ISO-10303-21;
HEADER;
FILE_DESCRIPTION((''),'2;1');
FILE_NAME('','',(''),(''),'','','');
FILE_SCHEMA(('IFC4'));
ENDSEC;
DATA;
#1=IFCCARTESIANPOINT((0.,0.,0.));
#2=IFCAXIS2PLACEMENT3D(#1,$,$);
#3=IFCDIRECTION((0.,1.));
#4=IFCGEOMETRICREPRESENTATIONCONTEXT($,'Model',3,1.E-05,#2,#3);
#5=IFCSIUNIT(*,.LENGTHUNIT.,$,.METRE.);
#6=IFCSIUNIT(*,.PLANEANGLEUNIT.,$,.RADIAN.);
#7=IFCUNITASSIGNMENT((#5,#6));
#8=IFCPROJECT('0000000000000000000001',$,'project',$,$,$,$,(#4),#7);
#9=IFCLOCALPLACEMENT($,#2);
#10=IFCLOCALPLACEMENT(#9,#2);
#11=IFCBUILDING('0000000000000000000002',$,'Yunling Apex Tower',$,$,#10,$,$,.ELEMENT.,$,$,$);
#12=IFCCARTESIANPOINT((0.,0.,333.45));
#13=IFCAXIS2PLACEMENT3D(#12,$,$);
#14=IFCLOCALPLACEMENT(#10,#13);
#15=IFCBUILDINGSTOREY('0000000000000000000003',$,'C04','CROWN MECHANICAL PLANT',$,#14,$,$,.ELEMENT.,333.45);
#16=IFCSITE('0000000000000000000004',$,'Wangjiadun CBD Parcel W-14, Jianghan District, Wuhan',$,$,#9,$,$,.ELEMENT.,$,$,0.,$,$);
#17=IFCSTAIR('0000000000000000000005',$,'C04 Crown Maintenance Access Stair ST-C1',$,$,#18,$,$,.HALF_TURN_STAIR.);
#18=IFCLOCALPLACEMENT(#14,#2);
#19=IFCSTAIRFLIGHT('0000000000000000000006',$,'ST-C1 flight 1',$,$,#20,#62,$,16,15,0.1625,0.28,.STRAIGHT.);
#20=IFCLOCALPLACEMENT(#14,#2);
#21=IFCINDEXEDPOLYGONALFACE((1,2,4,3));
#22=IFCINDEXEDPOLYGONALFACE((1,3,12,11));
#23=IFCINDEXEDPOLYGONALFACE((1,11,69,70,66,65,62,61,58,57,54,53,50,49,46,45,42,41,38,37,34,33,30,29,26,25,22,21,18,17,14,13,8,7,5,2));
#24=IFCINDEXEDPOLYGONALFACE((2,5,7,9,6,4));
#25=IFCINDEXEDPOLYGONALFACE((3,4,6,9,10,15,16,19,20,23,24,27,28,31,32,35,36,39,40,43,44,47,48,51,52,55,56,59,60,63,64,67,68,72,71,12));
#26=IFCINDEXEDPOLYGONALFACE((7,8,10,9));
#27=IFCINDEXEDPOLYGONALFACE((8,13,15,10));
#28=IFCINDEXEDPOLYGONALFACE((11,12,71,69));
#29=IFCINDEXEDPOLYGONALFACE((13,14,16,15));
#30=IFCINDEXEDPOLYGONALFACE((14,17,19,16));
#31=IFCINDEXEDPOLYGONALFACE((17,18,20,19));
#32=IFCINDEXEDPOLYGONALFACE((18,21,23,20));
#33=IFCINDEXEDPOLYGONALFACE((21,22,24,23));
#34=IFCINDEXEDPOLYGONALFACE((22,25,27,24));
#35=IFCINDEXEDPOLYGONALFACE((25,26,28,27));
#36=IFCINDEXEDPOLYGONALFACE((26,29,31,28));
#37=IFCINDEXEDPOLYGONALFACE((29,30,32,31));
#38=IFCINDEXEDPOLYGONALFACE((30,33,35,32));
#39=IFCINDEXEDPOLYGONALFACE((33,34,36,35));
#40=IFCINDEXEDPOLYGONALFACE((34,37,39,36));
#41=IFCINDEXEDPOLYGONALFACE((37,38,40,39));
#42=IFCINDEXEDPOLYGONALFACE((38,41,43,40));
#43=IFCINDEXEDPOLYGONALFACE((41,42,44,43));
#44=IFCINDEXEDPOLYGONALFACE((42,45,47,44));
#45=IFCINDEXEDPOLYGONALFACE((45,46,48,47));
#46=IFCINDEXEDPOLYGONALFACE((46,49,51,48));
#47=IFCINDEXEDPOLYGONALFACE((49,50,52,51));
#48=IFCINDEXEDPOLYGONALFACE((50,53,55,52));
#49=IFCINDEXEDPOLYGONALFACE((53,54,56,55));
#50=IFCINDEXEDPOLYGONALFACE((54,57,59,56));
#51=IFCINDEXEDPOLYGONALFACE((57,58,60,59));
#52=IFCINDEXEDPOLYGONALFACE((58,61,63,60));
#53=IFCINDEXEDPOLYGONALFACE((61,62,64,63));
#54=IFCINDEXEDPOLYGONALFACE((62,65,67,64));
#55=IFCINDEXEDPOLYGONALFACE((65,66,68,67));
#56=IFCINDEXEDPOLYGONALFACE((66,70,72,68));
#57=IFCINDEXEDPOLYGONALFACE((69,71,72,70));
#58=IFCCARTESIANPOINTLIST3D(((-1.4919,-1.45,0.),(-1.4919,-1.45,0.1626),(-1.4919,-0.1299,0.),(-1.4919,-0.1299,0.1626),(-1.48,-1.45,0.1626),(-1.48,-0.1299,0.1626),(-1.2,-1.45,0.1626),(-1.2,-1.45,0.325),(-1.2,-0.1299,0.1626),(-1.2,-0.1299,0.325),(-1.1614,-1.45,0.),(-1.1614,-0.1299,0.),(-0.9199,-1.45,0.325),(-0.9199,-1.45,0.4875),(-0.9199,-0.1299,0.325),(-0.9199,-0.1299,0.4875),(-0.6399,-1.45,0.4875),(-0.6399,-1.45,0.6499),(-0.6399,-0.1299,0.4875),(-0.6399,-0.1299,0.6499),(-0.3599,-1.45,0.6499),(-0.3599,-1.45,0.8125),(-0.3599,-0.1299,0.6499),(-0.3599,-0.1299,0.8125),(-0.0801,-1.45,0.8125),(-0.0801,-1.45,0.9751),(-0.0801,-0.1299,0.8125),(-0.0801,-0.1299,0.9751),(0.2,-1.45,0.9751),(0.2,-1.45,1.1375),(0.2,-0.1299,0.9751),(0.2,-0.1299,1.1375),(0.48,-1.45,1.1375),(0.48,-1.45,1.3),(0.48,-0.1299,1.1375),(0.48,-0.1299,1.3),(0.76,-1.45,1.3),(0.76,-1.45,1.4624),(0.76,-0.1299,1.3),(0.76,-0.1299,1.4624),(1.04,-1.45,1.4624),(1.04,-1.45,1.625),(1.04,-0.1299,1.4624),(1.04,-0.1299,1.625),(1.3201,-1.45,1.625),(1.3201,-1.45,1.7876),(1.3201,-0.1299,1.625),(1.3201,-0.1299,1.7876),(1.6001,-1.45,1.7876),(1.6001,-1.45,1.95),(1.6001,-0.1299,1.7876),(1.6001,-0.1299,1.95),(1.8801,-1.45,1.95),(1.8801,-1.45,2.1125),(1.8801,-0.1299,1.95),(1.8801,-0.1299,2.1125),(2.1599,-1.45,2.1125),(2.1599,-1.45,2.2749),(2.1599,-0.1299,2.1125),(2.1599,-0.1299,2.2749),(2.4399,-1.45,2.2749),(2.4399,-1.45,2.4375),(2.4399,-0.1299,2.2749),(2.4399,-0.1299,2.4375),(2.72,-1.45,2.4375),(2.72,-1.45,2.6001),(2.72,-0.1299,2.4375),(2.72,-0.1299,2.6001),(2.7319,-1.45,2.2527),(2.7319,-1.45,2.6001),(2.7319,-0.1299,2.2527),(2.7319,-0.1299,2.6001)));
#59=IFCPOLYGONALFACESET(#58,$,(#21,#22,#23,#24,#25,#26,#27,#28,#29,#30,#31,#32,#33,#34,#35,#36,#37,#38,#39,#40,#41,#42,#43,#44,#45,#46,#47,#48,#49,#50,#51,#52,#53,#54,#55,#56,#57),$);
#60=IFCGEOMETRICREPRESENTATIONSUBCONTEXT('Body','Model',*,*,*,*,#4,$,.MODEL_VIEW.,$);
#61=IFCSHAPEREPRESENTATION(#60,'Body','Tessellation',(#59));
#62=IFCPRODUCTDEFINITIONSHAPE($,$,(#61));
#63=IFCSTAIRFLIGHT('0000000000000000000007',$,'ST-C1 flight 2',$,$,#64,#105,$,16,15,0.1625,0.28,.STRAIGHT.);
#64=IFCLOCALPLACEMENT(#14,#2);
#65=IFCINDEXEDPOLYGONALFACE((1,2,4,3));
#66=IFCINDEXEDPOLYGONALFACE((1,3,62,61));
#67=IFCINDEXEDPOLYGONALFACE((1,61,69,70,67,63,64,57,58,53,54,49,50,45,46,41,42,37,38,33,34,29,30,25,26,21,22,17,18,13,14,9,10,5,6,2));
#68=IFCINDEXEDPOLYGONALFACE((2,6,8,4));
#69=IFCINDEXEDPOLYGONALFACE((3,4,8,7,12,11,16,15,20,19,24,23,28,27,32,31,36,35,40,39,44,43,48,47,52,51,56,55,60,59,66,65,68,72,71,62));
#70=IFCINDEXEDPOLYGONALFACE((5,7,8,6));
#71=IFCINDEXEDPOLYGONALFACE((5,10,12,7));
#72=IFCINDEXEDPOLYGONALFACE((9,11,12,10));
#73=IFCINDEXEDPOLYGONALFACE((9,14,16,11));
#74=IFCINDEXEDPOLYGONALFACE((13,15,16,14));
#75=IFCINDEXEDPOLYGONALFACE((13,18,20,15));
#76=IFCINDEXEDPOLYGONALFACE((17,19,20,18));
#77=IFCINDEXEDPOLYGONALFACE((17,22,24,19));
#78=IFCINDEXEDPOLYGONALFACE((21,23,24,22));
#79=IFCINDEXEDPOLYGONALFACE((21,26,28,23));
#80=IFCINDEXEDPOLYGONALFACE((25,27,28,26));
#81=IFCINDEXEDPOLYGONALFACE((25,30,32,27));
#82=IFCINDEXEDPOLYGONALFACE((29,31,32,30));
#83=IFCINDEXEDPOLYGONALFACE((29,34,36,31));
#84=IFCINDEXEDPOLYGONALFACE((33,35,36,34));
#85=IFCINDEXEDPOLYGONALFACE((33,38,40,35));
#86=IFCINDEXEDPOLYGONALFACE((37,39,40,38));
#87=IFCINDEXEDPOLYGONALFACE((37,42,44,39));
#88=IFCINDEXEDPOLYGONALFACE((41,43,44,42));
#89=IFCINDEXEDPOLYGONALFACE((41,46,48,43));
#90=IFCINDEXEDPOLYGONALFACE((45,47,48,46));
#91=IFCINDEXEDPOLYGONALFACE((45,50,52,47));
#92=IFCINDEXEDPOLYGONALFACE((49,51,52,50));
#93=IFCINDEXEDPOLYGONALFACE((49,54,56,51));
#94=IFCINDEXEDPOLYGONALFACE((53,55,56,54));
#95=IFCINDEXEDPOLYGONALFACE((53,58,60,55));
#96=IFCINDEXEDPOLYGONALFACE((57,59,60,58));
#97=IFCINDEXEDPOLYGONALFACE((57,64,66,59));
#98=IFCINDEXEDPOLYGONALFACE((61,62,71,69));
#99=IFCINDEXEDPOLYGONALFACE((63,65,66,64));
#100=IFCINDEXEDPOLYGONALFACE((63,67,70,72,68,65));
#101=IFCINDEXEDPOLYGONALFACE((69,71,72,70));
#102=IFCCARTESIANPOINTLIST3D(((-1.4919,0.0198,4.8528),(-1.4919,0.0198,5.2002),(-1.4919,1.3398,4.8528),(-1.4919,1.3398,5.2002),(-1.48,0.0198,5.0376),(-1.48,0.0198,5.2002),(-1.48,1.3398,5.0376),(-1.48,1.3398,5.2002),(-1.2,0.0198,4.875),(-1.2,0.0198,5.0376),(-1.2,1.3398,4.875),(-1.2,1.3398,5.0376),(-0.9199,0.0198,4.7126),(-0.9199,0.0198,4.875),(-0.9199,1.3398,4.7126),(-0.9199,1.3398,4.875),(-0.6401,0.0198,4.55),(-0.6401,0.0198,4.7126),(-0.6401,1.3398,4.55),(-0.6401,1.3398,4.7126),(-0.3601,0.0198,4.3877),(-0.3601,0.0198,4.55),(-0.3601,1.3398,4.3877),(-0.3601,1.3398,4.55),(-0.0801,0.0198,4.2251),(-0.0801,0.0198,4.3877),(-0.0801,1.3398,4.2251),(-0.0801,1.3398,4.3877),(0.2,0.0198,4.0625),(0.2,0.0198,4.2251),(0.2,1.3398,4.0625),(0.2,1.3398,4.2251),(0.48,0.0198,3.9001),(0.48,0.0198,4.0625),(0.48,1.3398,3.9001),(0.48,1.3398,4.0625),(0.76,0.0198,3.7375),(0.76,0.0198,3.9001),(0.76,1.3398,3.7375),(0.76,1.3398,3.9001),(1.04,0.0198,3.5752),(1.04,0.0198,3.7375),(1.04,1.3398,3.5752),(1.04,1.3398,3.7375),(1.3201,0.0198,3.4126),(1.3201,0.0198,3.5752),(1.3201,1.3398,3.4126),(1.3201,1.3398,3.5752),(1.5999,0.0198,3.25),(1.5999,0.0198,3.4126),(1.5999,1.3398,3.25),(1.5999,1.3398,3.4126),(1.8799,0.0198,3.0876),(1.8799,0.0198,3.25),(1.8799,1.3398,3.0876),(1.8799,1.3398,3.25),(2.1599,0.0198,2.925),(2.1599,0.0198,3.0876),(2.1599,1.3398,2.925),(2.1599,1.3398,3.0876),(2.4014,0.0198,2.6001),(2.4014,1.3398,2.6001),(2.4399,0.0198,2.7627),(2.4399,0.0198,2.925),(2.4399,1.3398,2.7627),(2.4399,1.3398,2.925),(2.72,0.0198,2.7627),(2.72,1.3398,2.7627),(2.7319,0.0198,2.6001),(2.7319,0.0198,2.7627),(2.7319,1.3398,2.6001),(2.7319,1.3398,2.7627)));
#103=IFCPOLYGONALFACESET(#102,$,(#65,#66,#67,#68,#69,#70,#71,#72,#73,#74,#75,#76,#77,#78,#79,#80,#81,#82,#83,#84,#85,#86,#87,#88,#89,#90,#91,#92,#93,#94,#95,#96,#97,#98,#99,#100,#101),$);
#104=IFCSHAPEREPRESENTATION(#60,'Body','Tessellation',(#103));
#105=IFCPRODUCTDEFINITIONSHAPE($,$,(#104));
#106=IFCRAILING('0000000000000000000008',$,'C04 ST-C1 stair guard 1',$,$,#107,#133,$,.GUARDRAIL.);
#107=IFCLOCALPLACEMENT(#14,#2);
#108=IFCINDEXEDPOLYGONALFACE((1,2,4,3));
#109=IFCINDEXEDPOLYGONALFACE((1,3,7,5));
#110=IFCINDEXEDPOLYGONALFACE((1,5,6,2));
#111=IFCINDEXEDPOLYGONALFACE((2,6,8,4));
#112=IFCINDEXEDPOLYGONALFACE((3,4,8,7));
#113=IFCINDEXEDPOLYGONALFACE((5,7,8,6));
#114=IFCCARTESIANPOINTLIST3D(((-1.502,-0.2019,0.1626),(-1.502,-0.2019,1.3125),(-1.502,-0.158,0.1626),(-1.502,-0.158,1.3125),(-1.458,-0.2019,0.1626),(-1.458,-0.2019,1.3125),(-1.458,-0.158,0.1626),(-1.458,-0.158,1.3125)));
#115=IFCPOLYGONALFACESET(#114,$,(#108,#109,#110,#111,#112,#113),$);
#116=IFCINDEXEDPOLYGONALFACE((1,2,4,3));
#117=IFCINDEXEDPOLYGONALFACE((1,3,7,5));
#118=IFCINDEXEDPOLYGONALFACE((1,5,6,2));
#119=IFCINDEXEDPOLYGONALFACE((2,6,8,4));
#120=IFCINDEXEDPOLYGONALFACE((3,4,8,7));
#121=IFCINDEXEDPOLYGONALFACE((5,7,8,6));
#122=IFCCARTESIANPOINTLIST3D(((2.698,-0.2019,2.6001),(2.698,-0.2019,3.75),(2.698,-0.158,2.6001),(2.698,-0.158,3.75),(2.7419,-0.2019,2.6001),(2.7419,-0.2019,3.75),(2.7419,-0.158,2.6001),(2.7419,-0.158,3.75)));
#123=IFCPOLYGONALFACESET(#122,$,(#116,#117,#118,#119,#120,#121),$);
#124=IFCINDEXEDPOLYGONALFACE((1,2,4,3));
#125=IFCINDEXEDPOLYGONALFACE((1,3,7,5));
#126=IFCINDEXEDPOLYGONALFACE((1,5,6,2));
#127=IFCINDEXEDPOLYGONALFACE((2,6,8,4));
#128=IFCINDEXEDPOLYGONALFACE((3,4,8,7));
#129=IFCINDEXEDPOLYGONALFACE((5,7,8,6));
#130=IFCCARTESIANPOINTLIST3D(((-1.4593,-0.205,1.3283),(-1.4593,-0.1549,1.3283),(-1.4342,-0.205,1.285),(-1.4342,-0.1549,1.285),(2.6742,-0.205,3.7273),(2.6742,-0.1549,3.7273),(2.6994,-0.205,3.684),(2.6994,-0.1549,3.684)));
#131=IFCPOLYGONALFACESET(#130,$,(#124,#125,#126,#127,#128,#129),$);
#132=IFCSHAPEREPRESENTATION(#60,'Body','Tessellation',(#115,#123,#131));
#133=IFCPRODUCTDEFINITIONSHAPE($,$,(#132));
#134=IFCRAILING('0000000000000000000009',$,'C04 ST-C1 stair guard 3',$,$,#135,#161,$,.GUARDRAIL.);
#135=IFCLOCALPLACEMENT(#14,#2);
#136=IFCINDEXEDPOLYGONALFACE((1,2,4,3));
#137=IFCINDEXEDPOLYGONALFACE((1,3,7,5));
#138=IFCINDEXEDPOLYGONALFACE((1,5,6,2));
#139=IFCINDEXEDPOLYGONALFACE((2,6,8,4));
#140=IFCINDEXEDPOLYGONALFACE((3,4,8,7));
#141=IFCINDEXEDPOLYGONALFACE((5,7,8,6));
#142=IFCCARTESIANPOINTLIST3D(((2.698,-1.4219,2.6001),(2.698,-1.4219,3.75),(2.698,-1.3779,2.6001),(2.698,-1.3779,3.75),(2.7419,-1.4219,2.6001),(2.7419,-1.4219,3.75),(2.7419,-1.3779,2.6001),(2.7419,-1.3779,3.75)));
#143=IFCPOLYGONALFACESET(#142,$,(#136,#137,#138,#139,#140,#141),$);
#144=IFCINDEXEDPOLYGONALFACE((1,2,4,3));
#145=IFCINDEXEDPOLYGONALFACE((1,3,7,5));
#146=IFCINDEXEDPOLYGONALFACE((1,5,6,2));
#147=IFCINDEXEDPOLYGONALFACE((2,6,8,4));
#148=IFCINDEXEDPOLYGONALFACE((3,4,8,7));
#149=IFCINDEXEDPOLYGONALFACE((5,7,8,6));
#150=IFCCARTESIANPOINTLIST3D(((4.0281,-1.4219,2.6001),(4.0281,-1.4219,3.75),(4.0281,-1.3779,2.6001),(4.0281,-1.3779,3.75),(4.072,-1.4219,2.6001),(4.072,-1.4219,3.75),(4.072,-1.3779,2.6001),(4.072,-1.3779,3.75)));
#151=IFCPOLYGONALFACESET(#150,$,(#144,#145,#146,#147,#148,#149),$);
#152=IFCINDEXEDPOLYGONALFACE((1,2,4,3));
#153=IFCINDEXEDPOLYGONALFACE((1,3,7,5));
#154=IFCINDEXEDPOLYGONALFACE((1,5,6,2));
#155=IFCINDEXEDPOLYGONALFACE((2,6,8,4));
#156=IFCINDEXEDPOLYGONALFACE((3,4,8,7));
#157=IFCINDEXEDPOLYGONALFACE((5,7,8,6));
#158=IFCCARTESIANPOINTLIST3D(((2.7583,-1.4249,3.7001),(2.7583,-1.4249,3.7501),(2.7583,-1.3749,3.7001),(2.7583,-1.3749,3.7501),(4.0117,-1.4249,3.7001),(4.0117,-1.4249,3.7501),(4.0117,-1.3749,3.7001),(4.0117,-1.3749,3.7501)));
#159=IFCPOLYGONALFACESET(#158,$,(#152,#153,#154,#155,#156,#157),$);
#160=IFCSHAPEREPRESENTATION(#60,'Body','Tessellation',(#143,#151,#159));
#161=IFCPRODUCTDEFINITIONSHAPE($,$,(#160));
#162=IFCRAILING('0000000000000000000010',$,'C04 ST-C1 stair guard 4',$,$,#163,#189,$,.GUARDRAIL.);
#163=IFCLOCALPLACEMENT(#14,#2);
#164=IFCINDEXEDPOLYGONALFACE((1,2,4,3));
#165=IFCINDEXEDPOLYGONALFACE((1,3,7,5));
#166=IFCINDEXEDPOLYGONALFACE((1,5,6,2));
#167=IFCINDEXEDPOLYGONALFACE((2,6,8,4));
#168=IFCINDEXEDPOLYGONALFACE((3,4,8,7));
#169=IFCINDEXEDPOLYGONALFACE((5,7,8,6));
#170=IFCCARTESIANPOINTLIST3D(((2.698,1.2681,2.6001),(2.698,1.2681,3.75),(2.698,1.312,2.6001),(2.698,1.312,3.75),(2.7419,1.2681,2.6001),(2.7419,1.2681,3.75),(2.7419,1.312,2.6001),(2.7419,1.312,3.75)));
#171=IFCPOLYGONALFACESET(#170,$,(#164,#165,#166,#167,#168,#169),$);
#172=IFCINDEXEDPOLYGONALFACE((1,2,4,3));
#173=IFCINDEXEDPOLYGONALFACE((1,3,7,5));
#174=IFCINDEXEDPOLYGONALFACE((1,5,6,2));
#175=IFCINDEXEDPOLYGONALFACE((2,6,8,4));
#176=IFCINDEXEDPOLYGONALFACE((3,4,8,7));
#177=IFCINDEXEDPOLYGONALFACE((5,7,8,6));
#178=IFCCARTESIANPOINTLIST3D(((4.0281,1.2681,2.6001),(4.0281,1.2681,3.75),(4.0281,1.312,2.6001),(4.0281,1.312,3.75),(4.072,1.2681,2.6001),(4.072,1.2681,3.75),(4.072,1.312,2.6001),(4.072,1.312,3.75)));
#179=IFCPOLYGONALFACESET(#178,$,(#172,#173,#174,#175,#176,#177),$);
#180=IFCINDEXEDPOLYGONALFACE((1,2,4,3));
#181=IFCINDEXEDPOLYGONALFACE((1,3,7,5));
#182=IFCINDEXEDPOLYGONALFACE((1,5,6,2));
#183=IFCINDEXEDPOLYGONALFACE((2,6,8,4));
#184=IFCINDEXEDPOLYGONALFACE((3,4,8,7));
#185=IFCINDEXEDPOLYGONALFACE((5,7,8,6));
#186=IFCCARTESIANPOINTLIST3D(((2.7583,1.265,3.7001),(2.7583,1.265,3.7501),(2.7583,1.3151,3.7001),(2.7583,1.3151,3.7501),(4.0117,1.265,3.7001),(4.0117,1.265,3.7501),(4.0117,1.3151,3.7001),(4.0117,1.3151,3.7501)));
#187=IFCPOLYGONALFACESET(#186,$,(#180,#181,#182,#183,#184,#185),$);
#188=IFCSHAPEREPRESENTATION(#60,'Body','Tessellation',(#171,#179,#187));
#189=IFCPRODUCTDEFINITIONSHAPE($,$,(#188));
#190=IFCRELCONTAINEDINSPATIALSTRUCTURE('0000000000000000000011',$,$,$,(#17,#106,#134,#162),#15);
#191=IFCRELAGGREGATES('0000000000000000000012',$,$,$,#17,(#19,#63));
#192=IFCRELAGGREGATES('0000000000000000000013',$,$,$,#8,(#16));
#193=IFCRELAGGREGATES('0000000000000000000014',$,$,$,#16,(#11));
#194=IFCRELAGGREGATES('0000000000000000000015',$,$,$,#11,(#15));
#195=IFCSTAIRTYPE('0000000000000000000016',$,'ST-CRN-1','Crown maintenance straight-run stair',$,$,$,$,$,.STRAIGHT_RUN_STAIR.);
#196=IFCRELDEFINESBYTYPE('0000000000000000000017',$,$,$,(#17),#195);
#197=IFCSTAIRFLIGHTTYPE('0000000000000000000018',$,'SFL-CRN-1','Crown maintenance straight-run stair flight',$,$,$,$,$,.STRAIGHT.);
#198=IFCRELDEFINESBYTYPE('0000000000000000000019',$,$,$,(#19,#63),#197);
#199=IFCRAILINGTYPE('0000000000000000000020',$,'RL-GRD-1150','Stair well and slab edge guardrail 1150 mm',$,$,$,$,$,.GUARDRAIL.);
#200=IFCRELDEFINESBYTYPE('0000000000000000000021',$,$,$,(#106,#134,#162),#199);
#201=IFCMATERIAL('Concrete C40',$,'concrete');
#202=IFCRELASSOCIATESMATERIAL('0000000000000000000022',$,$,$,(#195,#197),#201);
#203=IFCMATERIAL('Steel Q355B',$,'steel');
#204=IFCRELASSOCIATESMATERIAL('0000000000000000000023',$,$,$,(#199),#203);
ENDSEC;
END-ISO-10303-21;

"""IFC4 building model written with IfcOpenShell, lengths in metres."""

from ifc_helpers import new_model, si_unit, direction, frame, origin, origin_2d, place, context, subcontext, project, spatial, polyline, rectangle, outline, extrude, material, type_object, element, aggregate, save


model = new_model("IFC4")

# Units and contexts
model_context = context("Model", 3, precision=1e-05, world=origin(), true_north=direction((0.0, 1.0)))
body_context = subcontext(model_context, "Body", "Model", "MODEL_VIEW")
ifc_project = project(units=[si_unit("LENGTHUNIT", "METRE"), si_unit("PLANEANGLEUNIT", "RADIAN")], contexts=[model_context])

# Site, building, storey
site_placement = place(None, origin())
site = spatial("IfcSite", under=ifc_project, at=site_placement, Name="Wangjiadun CBD Parcel W-14, Jianghan District, Wuhan", CompositionType="ELEMENT", RefElevation=0.0)
building_placement = place(site_placement, origin())
building = spatial("IfcBuilding", under=site, at=building_placement, Name="Yunling Apex Tower", CompositionType="ELEMENT")
storey_placement = place(building_placement, frame((0.0, 0.0, 333.45)))
storey = spatial("IfcBuildingStorey", under=building, at=storey_placement, Name="C04", Description="CROWN MECHANICAL PLANT", CompositionType="ELEMENT", Elevation=333.45)

# Shared definitions
ifc_material_1 = material(Name="Steel Q355B", Category="steel")

# Shared definitions
ifc_material_2 = material(Name="Concrete C40", Category="concrete")

# Stair
stair_type = type_object("IfcStairType", Name="ST-CRN-1", Description="Crown maintenance straight-run stair", PredefinedType="STRAIGHT_RUN_STAIR", material=ifc_material_2)
stair_placement = place(storey_placement, origin())
stair = element("IfcStair", 1, at=stair_placement, inside=storey, type_object=stair_type, Name="C04 Crown Maintenance Access Stair ST-C1", PredefinedType="HALF_TURN_STAIR")

# Stair flights
stair_flight_type = type_object("IfcStairFlightType", Name="SFL-CRN-1", Description="Crown maintenance straight-run stair flight", PredefinedType="STRAIGHT", material=ifc_material_2)
stair_flight_1_placement = place(storey_placement, frame((-1.48, -0.79, 0.0), z_axis=(0.0, 0.0, 1.0), x_axis=(1.0, 0.0, 0.0)))
stair_flight_1 = element("IfcStairFlight", 2, at=stair_flight_1_placement, type_object=stair_flight_type, Name="ST-C1 flight 1", NumberOfRisers=16, NumberOfTreads=15, PredefinedType="STRAIGHT", RiserHeight=0.1625, TreadLength=0.28, context=body_context, shape_type="SweptSolid", body=[
    extrude(outline(polyline([(-0.012, 0.0), (-0.012, 0.1626), (0.0, 0.1626), (0.28, 0.1626), (0.28, 0.325), (0.5601, 0.325), (0.5601, 0.4875), (0.8401, 0.4875), (0.8401, 0.6499), (1.1201, 0.6499), (1.1201, 0.8125), (1.3999, 0.8125), (1.3999, 0.9751), (1.6799, 0.9751), (1.6799, 1.1375), (1.96, 1.1375), (1.96, 1.3), (2.24, 1.3), (2.24, 1.4624), (2.52, 1.4624), (2.52, 1.625), (2.8, 1.625), (2.8, 1.7876), (3.0801, 1.7876), (3.0801, 1.95), (3.3601, 1.95), (3.3601, 2.1125), (3.6399, 2.1125), (3.6399, 2.2749), (3.9199, 2.2749), (3.9199, 2.4375), (4.2, 2.4375), (4.2, 2.6001), (4.2119, 2.6001), (4.2119, 2.2527), (0.3186, 0.0), (-0.012, 0.0)])), frame((0.0, 0.6602, 0.0), z_axis=(0.0, -1.0, 0.0), x_axis=(1.0, 0.0, 0.0)), (0.0, 0.0, 1.0), 1.3201),
])
stair_flight_2_placement = place(storey_placement, frame((2.72, 0.6799, 2.6001), z_axis=(0.0, 0.0, 1.0), x_axis=(-1.0, 0.0, 0.0)))
stair_flight_2 = element("IfcStairFlight", 3, at=stair_flight_2_placement, type_object=stair_flight_type, Name="ST-C1 flight 2", NumberOfRisers=16, NumberOfTreads=15, PredefinedType="STRAIGHT", RiserHeight=0.1625, TreadLength=0.28, context=body_context, shape_type="SweptSolid", body=[
    extrude(outline(polyline([(-0.012, 0.0), (-0.012, 0.1626), (0.0, 0.1626), (0.28, 0.1626), (0.28, 0.325), (0.5601, 0.325), (0.5601, 0.4875), (0.8401, 0.4875), (0.8401, 0.6499), (1.1201, 0.6499), (1.1201, 0.8125), (1.3999, 0.8125), (1.3999, 0.9751), (1.6799, 0.9751), (1.6799, 1.1375), (1.96, 1.1375), (1.96, 1.3), (2.24, 1.3), (2.24, 1.4624), (2.52, 1.4624), (2.52, 1.625), (2.8, 1.625), (2.8, 1.7876), (3.0801, 1.7876), (3.0801, 1.95), (3.3601, 1.95), (3.3601, 2.1125), (3.6399, 2.1125), (3.6399, 2.2749), (3.9199, 2.2749), (3.9199, 2.4375), (4.2, 2.4375), (4.2, 2.6001), (4.2119, 2.6001), (4.2119, 2.2527), (0.3186, 0.0), (-0.012, 0.0)])), frame((0.0, 0.6602, 0.0), z_axis=(0.0, -1.0, 0.0), x_axis=(1.0, 0.0, 0.0)), (0.0, 0.0, 1.0), 1.3201),
])
aggregate(stair, [stair_flight_1, stair_flight_2])

# Railings
railing_type_1 = type_object("IfcRailingType", Name="RL-GRD-1150", Description="Stair well and slab edge guardrail 1150 mm", PredefinedType="GUARDRAIL", material=ifc_material_1)
railing_1_placement = place(storey_placement, frame((-1.48, -0.1799, 0.1626)))
element("IfcRailing", 4, at=railing_1_placement, inside=storey, type_object=railing_type_1, Name="C04 ST-C1 stair guard 1", PredefinedType="GUARDRAIL", context=body_context, shape_type="SweptSolid", body=[
    extrude(rectangle(XDim=0.0439, YDim=0.0439, at=origin_2d()), origin(), (0.0, 0.0, 1.0), 1.1499),
    extrude(rectangle(XDim=0.0439, YDim=0.0439, at=origin_2d()), frame((4.2, 0.0, 2.4375)), (0.0, 0.0, 1.0), 1.1499),
    extrude(rectangle(XDim=0.05, YDim=0.05, at=origin_2d()), frame((0.0332, 0.0, 1.144), z_axis=(0.864895, 0.0, 0.501954), x_axis=(0.0, 1.0, 0.0)), (0.0, 0.0, 1.0), 4.7793),
])
for number, where, name in (
    (5, (2.72, -1.3999, 2.6001), "C04 ST-C1 stair guard 3"),
    (6, (2.72, 1.29, 2.6001), "C04 ST-C1 stair guard 4"),
):
    element("IfcRailing", number, at=place(storey_placement, frame(where)), inside=storey, type_object=railing_type_1, Name=name, PredefinedType="GUARDRAIL", context=body_context, shape_type="SweptSolid", body=[
        extrude(rectangle(XDim=0.0439, YDim=0.0439, at=origin_2d()), origin(), (0.0, 0.0, 1.0), 1.1499),
        extrude(rectangle(XDim=0.0439, YDim=0.0439, at=origin_2d()), frame((1.3301, 0.0, 0.0)), (0.0, 0.0, 1.0), 1.1499),
        extrude(rectangle(XDim=0.05, YDim=0.05, at=origin_2d()), frame((0.0383, 0.0, 1.125), z_axis=(1.0, 0.0, 0.0), x_axis=(0.0, 1.0, 0.0)), (0.0, 0.0, 1.0), 1.2534),
    ])

save(model, "model.ifc")
